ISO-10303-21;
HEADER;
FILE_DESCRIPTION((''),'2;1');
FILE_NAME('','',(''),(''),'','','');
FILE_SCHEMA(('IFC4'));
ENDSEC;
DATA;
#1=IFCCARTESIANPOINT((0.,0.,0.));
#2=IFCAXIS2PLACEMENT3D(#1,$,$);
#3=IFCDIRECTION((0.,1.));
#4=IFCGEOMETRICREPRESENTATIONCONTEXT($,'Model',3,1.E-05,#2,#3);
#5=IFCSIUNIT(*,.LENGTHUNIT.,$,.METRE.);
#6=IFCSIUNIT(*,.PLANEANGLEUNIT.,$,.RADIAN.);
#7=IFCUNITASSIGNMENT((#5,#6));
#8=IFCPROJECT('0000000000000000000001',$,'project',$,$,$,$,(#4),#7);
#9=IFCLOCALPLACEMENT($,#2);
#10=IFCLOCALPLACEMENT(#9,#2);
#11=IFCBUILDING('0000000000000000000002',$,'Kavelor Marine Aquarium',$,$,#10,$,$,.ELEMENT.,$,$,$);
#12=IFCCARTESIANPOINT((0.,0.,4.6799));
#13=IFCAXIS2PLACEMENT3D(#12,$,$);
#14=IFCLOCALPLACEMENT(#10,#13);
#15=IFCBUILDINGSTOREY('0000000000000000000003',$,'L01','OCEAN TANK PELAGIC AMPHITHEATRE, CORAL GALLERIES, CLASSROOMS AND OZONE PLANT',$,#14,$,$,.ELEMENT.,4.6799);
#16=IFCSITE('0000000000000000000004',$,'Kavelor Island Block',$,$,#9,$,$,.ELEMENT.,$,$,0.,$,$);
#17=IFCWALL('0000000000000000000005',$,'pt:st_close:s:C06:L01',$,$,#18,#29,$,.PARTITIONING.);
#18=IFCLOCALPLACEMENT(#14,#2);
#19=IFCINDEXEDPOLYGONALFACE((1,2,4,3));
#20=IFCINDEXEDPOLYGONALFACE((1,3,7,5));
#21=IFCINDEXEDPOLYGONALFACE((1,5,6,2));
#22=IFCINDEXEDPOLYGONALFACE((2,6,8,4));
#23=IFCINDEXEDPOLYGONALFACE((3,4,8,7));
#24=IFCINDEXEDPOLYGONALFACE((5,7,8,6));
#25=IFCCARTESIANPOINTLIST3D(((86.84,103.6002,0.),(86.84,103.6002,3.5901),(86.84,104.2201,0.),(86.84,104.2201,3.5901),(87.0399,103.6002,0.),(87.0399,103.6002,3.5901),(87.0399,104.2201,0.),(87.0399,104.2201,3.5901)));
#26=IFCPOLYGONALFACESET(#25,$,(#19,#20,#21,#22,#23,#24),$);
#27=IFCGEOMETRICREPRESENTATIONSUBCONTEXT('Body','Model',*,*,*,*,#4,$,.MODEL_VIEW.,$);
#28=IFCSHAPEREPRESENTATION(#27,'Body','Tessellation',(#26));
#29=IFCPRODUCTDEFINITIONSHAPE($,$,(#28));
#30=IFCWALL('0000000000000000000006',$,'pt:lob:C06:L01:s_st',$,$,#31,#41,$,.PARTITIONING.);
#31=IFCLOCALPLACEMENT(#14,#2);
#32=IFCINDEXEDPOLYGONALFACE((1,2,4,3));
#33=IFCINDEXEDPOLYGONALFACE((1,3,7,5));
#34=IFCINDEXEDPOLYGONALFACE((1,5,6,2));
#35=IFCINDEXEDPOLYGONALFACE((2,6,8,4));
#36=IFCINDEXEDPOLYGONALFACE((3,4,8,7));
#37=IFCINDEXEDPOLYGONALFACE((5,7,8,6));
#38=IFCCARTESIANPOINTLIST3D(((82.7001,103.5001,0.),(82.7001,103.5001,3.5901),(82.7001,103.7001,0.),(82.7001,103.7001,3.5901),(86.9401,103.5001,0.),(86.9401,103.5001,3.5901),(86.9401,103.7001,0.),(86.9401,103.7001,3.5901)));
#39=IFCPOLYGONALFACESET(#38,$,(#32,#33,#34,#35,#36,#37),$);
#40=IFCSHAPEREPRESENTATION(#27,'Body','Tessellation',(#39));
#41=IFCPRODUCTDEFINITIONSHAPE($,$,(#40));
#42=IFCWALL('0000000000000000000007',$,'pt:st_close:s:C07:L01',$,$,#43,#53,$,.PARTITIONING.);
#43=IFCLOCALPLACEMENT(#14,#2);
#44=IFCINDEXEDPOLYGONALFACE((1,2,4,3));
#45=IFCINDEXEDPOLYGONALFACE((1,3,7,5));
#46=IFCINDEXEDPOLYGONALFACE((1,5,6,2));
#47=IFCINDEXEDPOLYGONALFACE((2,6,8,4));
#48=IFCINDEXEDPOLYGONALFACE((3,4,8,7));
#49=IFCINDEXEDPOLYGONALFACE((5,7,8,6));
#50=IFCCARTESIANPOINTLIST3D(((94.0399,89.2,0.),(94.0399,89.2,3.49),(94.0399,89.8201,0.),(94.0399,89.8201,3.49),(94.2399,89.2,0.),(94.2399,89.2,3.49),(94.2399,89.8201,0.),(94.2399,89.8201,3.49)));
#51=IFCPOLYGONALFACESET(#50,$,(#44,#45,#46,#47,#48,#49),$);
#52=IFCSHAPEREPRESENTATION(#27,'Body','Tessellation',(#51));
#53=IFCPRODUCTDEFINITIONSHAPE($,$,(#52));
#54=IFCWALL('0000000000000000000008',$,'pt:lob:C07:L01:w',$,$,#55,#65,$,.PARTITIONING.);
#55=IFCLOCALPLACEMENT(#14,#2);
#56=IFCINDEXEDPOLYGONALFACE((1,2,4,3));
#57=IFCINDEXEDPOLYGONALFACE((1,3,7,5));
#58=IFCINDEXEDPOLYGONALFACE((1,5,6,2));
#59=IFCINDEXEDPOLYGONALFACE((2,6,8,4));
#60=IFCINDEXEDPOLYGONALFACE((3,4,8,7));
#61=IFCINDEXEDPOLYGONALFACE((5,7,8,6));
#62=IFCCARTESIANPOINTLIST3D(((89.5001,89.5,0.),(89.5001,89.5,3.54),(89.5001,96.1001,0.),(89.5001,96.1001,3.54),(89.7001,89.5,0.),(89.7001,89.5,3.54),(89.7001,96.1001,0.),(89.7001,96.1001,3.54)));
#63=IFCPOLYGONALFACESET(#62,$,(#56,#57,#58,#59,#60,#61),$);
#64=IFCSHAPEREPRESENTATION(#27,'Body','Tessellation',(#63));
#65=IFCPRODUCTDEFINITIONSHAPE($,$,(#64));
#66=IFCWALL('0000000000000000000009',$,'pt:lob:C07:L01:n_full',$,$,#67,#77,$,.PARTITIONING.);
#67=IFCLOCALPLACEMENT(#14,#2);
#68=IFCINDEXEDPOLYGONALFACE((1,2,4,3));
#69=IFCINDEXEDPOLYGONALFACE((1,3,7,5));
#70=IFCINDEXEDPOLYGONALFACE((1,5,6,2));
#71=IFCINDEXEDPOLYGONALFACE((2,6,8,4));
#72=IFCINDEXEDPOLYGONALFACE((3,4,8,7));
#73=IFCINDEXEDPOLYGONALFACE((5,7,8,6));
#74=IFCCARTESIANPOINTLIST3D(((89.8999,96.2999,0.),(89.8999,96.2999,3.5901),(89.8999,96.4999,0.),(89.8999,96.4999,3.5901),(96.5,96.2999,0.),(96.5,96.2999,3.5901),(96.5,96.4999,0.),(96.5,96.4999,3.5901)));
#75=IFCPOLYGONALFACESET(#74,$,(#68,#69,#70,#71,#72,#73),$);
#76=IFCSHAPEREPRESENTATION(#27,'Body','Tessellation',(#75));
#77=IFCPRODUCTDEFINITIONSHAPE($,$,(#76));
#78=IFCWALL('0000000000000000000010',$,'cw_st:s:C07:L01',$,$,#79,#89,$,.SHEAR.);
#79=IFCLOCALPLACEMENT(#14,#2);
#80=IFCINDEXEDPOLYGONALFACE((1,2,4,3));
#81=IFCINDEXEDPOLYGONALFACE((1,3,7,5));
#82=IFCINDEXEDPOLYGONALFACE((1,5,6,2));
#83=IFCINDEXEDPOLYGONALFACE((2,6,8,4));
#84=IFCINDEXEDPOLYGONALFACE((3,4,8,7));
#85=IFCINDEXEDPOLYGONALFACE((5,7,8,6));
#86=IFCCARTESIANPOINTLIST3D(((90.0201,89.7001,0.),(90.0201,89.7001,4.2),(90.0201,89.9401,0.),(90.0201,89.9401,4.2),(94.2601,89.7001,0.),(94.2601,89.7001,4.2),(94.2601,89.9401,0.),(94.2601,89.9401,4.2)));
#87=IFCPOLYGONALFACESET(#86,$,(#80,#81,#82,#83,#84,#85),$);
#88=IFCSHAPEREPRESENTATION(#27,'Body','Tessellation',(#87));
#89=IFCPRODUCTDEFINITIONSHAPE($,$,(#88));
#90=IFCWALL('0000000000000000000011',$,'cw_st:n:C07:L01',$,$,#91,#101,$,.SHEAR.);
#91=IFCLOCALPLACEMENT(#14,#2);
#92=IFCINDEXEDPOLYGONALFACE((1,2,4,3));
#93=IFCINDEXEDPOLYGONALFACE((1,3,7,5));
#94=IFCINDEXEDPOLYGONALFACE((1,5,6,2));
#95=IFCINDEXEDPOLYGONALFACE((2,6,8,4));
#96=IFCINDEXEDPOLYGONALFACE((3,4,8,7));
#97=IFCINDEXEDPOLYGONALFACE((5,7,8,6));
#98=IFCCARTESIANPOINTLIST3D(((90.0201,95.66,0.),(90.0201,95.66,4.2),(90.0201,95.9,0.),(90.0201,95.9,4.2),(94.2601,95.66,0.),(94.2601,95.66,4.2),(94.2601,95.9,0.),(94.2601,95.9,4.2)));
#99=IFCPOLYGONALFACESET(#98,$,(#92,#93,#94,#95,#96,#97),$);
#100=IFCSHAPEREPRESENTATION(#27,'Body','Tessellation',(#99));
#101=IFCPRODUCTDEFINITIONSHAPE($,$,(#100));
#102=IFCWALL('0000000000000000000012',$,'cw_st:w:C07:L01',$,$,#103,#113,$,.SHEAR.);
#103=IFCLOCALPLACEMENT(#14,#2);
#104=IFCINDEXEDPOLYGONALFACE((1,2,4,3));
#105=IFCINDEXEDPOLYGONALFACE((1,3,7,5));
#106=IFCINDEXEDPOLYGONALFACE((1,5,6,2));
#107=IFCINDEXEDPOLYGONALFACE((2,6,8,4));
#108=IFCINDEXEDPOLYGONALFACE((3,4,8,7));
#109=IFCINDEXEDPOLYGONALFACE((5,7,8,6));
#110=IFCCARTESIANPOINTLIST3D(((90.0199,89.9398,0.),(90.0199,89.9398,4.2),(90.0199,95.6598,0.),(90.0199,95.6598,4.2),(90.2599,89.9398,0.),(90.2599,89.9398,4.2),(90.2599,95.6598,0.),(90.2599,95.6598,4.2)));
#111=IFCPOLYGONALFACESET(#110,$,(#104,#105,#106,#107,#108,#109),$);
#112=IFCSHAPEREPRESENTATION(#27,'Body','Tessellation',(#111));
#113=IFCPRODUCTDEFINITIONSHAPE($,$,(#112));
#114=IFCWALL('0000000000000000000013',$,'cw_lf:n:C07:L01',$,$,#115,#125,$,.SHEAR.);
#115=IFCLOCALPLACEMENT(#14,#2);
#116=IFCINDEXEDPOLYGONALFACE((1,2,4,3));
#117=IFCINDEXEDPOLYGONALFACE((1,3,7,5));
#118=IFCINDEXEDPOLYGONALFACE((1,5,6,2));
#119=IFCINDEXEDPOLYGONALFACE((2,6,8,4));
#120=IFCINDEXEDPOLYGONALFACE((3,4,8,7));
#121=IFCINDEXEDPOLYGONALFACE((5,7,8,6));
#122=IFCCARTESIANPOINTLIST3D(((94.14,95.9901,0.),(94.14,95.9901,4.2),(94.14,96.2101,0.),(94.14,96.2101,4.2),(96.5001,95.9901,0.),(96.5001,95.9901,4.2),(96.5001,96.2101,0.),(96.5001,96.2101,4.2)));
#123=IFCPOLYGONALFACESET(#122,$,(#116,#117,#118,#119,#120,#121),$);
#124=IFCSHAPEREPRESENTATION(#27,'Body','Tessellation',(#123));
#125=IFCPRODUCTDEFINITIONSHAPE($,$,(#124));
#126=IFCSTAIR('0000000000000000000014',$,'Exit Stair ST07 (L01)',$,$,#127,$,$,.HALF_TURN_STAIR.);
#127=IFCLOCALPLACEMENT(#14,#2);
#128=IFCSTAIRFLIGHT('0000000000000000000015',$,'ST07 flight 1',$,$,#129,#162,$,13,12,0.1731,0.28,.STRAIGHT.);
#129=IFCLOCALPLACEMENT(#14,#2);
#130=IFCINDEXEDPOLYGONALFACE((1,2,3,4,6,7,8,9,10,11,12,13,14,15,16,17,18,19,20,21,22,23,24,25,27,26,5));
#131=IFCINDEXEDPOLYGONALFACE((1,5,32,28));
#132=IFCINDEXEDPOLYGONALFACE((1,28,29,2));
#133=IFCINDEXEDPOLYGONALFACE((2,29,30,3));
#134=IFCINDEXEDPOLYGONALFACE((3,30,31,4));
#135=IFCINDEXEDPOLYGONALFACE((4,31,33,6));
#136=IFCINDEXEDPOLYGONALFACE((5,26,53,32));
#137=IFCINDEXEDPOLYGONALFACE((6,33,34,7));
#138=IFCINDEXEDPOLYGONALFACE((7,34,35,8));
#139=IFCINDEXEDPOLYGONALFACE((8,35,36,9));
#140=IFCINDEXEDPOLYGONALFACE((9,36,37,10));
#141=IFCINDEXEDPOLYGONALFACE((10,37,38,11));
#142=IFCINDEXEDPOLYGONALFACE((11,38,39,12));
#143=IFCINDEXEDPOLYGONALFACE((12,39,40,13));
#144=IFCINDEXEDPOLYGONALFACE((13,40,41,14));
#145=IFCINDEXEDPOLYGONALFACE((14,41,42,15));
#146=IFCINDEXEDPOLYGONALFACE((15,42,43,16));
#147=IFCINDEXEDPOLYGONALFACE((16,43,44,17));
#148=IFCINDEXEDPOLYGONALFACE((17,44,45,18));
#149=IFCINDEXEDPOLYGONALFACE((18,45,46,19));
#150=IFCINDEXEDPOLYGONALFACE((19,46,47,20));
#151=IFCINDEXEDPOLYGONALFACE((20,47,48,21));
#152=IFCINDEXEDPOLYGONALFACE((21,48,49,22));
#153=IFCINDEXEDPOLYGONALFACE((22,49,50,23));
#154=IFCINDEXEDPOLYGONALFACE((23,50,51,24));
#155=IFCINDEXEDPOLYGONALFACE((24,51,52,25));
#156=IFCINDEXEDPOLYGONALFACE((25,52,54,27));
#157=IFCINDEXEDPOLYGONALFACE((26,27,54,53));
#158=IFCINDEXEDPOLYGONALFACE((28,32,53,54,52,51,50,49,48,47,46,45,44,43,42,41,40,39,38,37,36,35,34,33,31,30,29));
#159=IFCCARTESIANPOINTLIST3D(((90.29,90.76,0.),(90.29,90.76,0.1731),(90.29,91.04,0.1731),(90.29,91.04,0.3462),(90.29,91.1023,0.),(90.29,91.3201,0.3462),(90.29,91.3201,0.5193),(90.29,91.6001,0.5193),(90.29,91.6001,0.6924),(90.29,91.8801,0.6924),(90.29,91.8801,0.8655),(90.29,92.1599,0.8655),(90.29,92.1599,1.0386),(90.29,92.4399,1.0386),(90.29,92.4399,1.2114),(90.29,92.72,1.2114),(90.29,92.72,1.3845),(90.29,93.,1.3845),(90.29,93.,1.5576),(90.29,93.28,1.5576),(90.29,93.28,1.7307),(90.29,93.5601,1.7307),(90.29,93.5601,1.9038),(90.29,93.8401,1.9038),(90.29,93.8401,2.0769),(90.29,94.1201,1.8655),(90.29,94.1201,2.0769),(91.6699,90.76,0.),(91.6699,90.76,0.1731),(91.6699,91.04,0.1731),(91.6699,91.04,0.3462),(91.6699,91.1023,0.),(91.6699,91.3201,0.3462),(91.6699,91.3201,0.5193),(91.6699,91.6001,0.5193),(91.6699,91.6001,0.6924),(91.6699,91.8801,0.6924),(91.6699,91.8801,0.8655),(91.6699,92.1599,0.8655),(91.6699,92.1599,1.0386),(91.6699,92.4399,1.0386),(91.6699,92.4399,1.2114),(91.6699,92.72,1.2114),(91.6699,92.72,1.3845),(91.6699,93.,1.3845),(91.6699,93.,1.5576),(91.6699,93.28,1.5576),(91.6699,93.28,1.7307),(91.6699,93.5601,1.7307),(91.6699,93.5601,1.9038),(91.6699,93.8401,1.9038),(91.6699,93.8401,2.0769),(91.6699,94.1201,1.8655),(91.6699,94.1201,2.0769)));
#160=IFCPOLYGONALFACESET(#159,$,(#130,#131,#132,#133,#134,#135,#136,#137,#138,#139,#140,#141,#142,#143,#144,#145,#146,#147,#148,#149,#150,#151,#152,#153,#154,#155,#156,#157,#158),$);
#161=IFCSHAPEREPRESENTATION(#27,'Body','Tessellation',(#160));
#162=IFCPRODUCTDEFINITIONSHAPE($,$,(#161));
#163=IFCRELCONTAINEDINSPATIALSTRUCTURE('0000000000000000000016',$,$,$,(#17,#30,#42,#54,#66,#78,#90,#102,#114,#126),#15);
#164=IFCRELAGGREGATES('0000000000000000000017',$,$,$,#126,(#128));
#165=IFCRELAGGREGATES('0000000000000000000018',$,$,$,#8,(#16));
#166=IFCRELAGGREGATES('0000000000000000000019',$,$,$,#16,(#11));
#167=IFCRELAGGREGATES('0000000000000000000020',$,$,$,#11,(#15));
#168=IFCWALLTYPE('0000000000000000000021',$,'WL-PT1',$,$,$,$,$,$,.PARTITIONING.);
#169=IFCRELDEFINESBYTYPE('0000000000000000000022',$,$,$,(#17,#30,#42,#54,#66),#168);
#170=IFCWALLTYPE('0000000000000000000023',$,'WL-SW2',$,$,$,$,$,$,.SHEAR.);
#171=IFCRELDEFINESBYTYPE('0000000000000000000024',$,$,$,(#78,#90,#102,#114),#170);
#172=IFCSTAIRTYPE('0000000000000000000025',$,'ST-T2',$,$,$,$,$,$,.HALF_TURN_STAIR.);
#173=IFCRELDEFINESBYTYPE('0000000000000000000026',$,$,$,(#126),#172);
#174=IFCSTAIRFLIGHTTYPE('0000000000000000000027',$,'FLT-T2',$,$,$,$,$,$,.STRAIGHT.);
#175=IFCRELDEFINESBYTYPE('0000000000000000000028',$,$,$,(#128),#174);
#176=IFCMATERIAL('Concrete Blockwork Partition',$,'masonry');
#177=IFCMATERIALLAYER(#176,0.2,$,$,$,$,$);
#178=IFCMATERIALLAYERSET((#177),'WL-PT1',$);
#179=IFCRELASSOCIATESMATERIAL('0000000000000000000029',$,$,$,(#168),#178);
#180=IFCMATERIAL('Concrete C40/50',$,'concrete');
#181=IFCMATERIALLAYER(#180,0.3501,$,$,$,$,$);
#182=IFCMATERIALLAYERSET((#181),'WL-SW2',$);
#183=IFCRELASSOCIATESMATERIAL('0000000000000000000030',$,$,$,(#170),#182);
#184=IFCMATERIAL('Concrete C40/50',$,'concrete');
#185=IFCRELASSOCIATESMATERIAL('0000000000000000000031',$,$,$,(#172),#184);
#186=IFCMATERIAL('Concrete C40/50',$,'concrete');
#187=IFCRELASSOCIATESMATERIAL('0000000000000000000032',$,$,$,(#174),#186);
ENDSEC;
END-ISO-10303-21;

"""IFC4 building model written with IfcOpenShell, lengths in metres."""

from ifc_helpers import new_model, si_unit, direction, frame, frame_2d, origin, place, context, subcontext, project, spatial, polyline, rectangle, outline, extrude, material, layer, layer_set, type_object, element, aggregate, save


model = new_model("IFC4")

# Units and contexts
model_context = context("Model", 3, precision=1e-05, world=origin(), true_north=direction((0.0, 1.0)))
body_context = subcontext(model_context, "Body", "Model", "MODEL_VIEW")
ifc_project = project(units=[si_unit("LENGTHUNIT", "METRE"), si_unit("PLANEANGLEUNIT", "RADIAN")], contexts=[model_context])

# Site, building, storey
site_placement = place(None, origin())
site = spatial("IfcSite", under=ifc_project, at=site_placement, Name="Kavelor Island Block", CompositionType="ELEMENT", RefElevation=0.0)
building_placement = place(site_placement, origin())
building = spatial("IfcBuilding", under=site, at=building_placement, Name="Kavelor Marine Aquarium", CompositionType="ELEMENT")
storey_placement = place(building_placement, frame((0.0, 0.0, 4.6799)))
storey = spatial("IfcBuildingStorey", under=building, at=storey_placement, Name="L01", Description="OCEAN TANK PELAGIC AMPHITHEATRE, CORAL GALLERIES, CLASSROOMS AND OZONE PLANT", CompositionType="ELEMENT", Elevation=4.6799)

# Walls
ifc_material_1 = material(Name="Concrete Blockwork Partition", Category="masonry")
ifc_layer_1 = layer(ifc_material_1, 0.2)
ifc_layer_set_1 = layer_set([ifc_layer_1], Name="WL-PT1")
wall_type_1 = type_object("IfcWallType", Name="WL-PT1", PredefinedType="PARTITIONING", material=ifc_layer_set_1)
wall_1_placement = place(storey_placement, frame((86.9399, 103.6001, 0.0), z_axis=(0.0, 0.0, 1.0), x_axis=(0.0, 1.0, 0.0)))
element("IfcWall", 1, at=wall_1_placement, inside=storey, type_object=wall_type_1, Name="pt:st_close:s:C06:L01", PredefinedType="PARTITIONING", context=body_context, shape_type="SweptSolid", body=[
    extrude(rectangle(XDim=0.6199, YDim=0.2, at=frame_2d((0.3101, 0.0))), origin(), (0.0, 0.0, 1.0), 3.5901),
])
wall_2_placement = place(storey_placement, frame((82.7, 103.6001, 0.0), z_axis=(0.0, 0.0, 1.0), x_axis=(1.0, 0.0, 0.0)))
element("IfcWall", 2, at=wall_2_placement, inside=storey, type_object=wall_type_1, Name="pt:lob:C06:L01:s_st", PredefinedType="PARTITIONING", context=body_context, shape_type="SweptSolid", body=[
    extrude(rectangle(XDim=4.24, YDim=0.2, at=frame_2d((2.1201, 0.0))), origin(), (0.0, 0.0, 1.0), 3.5901),
])
wall_3_placement = place(storey_placement, frame((94.1399, 89.2, 0.0), z_axis=(0.0, 0.0, 1.0), x_axis=(0.0, 1.0, 0.0)))
element("IfcWall", 3, at=wall_3_placement, inside=storey, type_object=wall_type_1, Name="pt:st_close:s:C07:L01", PredefinedType="PARTITIONING", context=body_context, shape_type="SweptSolid", body=[
    extrude(rectangle(XDim=0.6201, YDim=0.2, at=frame_2d((0.3101, 0.0))), origin(), (0.0, 0.0, 1.0), 3.49),
])
wall_4_placement = place(storey_placement, frame((89.6001, 89.5, 0.0), z_axis=(0.0, 0.0, 1.0), x_axis=(0.0, 1.0, 0.0)))
element("IfcWall", 4, at=wall_4_placement, inside=storey, type_object=wall_type_1, Name="pt:lob:C07:L01:w", PredefinedType="PARTITIONING", context=body_context, shape_type="SweptSolid", body=[
    extrude(rectangle(XDim=6.6001, YDim=0.2, at=frame_2d((3.3, 0.0))), origin(), (0.0, 0.0, 1.0), 3.54),
])
wall_5_placement = place(storey_placement, frame((89.8999, 96.3999, 0.0), z_axis=(0.0, 0.0, 1.0), x_axis=(1.0, 0.0, 0.0)))
element("IfcWall", 5, at=wall_5_placement, inside=storey, type_object=wall_type_1, Name="pt:lob:C07:L01:n_full", PredefinedType="PARTITIONING", context=body_context, shape_type="SweptSolid", body=[
    extrude(rectangle(XDim=6.6001, YDim=0.2, at=frame_2d((3.3, 0.0))), origin(), (0.0, 0.0, 1.0), 3.5901),
])
ifc_material_2 = material(Name="Concrete C40/50", Category="concrete")
ifc_layer_2 = layer(ifc_material_2, 0.3501)
ifc_layer_set_2 = layer_set([ifc_layer_2], Name="WL-SW2")
wall_type_2 = type_object("IfcWallType", Name="WL-SW2", PredefinedType="SHEAR", material=ifc_layer_set_2)
for number, where, z_axis, x_axis, name in (
    (6, (90.02, 89.8201, 0.0), (0.0, 0.0, 1.0), (1.0, 0.0, 0.0), "cw_st:s:C07:L01"),
    (7, (90.02, 95.78, 0.0), (0.0, 0.0, 1.0), (1.0, 0.0, 0.0), "cw_st:n:C07:L01"),
):
    element("IfcWall", number, at=place(storey_placement, frame(where, z_axis=z_axis, x_axis=x_axis)), inside=storey, type_object=wall_type_2, Name=name, PredefinedType="SHEAR", context=body_context, shape_type="SweptSolid", body=[
        extrude(rectangle(XDim=4.24, YDim=0.24, at=frame_2d((2.1201, 0.0))), origin(), (0.0, 0.0, 1.0), 4.2),
    ])
wall_6_placement = place(storey_placement, frame((90.1399, 89.9399, 0.0), z_axis=(0.0, 0.0, 1.0), x_axis=(0.0, 1.0, 0.0)))
element("IfcWall", 8, at=wall_6_placement, inside=storey, type_object=wall_type_2, Name="cw_st:w:C07:L01", PredefinedType="SHEAR", context=body_context, shape_type="SweptSolid", body=[
    extrude(rectangle(XDim=5.72, YDim=0.24, at=frame_2d((2.8599, 0.0))), origin(), (0.0, 0.0, 1.0), 4.2),
])

# Wall
wall_7_placement = place(storey_placement, frame((94.1399, 96.1001, 0.0), z_axis=(0.0, 0.0, 1.0), x_axis=(1.0, 0.0, 0.0)))
element("IfcWall", 9, at=wall_7_placement, inside=storey, type_object=wall_type_2, Name="cw_lf:n:C07:L01", PredefinedType="SHEAR", context=body_context, shape_type="SweptSolid", body=[
    extrude(rectangle(XDim=2.3601, YDim=0.22, at=frame_2d((1.1802, 0.0))), origin(), (0.0, 0.0, 1.0), 4.2),
])

# Stair, stair flight
ifc_material_3 = material(Name="Concrete C40/50", Category="concrete")
stair_type = type_object("IfcStairType", Name="ST-T2", PredefinedType="HALF_TURN_STAIR", material=ifc_material_3)
stair_placement = place(storey_placement, origin())
stair = element("IfcStair", 10, at=stair_placement, inside=storey, type_object=stair_type, Name="Exit Stair ST07 (L01)", PredefinedType="HALF_TURN_STAIR")
ifc_material_4 = material(Name="Concrete C40/50", Category="concrete")
stair_flight_type = type_object("IfcStairFlightType", Name="FLT-T2", PredefinedType="STRAIGHT", material=ifc_material_4)
stair_flight_1_placement = place(storey_placement, frame((90.98, 90.76, 0.0), z_axis=(0.0, 0.0, 1.0), x_axis=(0.0, 1.0, 0.0)))
stair_flight_1 = element("IfcStairFlight", 11, at=stair_flight_1_placement, type_object=stair_flight_type, Name="ST07 flight 1", NumberOfRisers=13, NumberOfTreads=12, PredefinedType="STRAIGHT", RiserHeight=0.1731, TreadLength=0.28, context=body_context, shape_type="SweptSolid", body=[
    extrude(outline(polyline([(0.0, 0.0), (0.0, 0.1731), (0.28, 0.1731), (0.28, 0.3462), (0.5601, 0.3462), (0.5601, 0.5193), (0.8401, 0.5193), (0.8401, 0.6924), (1.1201, 0.6924), (1.1201, 0.8655), (1.3999, 0.8655), (1.3999, 1.0386), (1.6799, 1.0386), (1.6799, 1.2114), (1.96, 1.2114), (1.96, 1.3845), (2.24, 1.3845), (2.24, 1.5576), (2.52, 1.5576), (2.52, 1.7307), (2.8, 1.7307), (2.8, 1.9038), (3.0801, 1.9038), (3.0801, 2.0769), (3.3601, 2.0769), (3.3601, 2.25), (3.3601, 1.8655), (0.3423, 0.0), (0.0, 0.0)])), frame((0.0, 0.6899, 0.0), z_axis=(0.0, -1.0, 0.0), x_axis=(1.0, 0.0, 0.0)), (0.0, 0.0, 1.0), 1.3799),
])
aggregate(stair, [stair_flight_1])

save(model, "model.ifc")
